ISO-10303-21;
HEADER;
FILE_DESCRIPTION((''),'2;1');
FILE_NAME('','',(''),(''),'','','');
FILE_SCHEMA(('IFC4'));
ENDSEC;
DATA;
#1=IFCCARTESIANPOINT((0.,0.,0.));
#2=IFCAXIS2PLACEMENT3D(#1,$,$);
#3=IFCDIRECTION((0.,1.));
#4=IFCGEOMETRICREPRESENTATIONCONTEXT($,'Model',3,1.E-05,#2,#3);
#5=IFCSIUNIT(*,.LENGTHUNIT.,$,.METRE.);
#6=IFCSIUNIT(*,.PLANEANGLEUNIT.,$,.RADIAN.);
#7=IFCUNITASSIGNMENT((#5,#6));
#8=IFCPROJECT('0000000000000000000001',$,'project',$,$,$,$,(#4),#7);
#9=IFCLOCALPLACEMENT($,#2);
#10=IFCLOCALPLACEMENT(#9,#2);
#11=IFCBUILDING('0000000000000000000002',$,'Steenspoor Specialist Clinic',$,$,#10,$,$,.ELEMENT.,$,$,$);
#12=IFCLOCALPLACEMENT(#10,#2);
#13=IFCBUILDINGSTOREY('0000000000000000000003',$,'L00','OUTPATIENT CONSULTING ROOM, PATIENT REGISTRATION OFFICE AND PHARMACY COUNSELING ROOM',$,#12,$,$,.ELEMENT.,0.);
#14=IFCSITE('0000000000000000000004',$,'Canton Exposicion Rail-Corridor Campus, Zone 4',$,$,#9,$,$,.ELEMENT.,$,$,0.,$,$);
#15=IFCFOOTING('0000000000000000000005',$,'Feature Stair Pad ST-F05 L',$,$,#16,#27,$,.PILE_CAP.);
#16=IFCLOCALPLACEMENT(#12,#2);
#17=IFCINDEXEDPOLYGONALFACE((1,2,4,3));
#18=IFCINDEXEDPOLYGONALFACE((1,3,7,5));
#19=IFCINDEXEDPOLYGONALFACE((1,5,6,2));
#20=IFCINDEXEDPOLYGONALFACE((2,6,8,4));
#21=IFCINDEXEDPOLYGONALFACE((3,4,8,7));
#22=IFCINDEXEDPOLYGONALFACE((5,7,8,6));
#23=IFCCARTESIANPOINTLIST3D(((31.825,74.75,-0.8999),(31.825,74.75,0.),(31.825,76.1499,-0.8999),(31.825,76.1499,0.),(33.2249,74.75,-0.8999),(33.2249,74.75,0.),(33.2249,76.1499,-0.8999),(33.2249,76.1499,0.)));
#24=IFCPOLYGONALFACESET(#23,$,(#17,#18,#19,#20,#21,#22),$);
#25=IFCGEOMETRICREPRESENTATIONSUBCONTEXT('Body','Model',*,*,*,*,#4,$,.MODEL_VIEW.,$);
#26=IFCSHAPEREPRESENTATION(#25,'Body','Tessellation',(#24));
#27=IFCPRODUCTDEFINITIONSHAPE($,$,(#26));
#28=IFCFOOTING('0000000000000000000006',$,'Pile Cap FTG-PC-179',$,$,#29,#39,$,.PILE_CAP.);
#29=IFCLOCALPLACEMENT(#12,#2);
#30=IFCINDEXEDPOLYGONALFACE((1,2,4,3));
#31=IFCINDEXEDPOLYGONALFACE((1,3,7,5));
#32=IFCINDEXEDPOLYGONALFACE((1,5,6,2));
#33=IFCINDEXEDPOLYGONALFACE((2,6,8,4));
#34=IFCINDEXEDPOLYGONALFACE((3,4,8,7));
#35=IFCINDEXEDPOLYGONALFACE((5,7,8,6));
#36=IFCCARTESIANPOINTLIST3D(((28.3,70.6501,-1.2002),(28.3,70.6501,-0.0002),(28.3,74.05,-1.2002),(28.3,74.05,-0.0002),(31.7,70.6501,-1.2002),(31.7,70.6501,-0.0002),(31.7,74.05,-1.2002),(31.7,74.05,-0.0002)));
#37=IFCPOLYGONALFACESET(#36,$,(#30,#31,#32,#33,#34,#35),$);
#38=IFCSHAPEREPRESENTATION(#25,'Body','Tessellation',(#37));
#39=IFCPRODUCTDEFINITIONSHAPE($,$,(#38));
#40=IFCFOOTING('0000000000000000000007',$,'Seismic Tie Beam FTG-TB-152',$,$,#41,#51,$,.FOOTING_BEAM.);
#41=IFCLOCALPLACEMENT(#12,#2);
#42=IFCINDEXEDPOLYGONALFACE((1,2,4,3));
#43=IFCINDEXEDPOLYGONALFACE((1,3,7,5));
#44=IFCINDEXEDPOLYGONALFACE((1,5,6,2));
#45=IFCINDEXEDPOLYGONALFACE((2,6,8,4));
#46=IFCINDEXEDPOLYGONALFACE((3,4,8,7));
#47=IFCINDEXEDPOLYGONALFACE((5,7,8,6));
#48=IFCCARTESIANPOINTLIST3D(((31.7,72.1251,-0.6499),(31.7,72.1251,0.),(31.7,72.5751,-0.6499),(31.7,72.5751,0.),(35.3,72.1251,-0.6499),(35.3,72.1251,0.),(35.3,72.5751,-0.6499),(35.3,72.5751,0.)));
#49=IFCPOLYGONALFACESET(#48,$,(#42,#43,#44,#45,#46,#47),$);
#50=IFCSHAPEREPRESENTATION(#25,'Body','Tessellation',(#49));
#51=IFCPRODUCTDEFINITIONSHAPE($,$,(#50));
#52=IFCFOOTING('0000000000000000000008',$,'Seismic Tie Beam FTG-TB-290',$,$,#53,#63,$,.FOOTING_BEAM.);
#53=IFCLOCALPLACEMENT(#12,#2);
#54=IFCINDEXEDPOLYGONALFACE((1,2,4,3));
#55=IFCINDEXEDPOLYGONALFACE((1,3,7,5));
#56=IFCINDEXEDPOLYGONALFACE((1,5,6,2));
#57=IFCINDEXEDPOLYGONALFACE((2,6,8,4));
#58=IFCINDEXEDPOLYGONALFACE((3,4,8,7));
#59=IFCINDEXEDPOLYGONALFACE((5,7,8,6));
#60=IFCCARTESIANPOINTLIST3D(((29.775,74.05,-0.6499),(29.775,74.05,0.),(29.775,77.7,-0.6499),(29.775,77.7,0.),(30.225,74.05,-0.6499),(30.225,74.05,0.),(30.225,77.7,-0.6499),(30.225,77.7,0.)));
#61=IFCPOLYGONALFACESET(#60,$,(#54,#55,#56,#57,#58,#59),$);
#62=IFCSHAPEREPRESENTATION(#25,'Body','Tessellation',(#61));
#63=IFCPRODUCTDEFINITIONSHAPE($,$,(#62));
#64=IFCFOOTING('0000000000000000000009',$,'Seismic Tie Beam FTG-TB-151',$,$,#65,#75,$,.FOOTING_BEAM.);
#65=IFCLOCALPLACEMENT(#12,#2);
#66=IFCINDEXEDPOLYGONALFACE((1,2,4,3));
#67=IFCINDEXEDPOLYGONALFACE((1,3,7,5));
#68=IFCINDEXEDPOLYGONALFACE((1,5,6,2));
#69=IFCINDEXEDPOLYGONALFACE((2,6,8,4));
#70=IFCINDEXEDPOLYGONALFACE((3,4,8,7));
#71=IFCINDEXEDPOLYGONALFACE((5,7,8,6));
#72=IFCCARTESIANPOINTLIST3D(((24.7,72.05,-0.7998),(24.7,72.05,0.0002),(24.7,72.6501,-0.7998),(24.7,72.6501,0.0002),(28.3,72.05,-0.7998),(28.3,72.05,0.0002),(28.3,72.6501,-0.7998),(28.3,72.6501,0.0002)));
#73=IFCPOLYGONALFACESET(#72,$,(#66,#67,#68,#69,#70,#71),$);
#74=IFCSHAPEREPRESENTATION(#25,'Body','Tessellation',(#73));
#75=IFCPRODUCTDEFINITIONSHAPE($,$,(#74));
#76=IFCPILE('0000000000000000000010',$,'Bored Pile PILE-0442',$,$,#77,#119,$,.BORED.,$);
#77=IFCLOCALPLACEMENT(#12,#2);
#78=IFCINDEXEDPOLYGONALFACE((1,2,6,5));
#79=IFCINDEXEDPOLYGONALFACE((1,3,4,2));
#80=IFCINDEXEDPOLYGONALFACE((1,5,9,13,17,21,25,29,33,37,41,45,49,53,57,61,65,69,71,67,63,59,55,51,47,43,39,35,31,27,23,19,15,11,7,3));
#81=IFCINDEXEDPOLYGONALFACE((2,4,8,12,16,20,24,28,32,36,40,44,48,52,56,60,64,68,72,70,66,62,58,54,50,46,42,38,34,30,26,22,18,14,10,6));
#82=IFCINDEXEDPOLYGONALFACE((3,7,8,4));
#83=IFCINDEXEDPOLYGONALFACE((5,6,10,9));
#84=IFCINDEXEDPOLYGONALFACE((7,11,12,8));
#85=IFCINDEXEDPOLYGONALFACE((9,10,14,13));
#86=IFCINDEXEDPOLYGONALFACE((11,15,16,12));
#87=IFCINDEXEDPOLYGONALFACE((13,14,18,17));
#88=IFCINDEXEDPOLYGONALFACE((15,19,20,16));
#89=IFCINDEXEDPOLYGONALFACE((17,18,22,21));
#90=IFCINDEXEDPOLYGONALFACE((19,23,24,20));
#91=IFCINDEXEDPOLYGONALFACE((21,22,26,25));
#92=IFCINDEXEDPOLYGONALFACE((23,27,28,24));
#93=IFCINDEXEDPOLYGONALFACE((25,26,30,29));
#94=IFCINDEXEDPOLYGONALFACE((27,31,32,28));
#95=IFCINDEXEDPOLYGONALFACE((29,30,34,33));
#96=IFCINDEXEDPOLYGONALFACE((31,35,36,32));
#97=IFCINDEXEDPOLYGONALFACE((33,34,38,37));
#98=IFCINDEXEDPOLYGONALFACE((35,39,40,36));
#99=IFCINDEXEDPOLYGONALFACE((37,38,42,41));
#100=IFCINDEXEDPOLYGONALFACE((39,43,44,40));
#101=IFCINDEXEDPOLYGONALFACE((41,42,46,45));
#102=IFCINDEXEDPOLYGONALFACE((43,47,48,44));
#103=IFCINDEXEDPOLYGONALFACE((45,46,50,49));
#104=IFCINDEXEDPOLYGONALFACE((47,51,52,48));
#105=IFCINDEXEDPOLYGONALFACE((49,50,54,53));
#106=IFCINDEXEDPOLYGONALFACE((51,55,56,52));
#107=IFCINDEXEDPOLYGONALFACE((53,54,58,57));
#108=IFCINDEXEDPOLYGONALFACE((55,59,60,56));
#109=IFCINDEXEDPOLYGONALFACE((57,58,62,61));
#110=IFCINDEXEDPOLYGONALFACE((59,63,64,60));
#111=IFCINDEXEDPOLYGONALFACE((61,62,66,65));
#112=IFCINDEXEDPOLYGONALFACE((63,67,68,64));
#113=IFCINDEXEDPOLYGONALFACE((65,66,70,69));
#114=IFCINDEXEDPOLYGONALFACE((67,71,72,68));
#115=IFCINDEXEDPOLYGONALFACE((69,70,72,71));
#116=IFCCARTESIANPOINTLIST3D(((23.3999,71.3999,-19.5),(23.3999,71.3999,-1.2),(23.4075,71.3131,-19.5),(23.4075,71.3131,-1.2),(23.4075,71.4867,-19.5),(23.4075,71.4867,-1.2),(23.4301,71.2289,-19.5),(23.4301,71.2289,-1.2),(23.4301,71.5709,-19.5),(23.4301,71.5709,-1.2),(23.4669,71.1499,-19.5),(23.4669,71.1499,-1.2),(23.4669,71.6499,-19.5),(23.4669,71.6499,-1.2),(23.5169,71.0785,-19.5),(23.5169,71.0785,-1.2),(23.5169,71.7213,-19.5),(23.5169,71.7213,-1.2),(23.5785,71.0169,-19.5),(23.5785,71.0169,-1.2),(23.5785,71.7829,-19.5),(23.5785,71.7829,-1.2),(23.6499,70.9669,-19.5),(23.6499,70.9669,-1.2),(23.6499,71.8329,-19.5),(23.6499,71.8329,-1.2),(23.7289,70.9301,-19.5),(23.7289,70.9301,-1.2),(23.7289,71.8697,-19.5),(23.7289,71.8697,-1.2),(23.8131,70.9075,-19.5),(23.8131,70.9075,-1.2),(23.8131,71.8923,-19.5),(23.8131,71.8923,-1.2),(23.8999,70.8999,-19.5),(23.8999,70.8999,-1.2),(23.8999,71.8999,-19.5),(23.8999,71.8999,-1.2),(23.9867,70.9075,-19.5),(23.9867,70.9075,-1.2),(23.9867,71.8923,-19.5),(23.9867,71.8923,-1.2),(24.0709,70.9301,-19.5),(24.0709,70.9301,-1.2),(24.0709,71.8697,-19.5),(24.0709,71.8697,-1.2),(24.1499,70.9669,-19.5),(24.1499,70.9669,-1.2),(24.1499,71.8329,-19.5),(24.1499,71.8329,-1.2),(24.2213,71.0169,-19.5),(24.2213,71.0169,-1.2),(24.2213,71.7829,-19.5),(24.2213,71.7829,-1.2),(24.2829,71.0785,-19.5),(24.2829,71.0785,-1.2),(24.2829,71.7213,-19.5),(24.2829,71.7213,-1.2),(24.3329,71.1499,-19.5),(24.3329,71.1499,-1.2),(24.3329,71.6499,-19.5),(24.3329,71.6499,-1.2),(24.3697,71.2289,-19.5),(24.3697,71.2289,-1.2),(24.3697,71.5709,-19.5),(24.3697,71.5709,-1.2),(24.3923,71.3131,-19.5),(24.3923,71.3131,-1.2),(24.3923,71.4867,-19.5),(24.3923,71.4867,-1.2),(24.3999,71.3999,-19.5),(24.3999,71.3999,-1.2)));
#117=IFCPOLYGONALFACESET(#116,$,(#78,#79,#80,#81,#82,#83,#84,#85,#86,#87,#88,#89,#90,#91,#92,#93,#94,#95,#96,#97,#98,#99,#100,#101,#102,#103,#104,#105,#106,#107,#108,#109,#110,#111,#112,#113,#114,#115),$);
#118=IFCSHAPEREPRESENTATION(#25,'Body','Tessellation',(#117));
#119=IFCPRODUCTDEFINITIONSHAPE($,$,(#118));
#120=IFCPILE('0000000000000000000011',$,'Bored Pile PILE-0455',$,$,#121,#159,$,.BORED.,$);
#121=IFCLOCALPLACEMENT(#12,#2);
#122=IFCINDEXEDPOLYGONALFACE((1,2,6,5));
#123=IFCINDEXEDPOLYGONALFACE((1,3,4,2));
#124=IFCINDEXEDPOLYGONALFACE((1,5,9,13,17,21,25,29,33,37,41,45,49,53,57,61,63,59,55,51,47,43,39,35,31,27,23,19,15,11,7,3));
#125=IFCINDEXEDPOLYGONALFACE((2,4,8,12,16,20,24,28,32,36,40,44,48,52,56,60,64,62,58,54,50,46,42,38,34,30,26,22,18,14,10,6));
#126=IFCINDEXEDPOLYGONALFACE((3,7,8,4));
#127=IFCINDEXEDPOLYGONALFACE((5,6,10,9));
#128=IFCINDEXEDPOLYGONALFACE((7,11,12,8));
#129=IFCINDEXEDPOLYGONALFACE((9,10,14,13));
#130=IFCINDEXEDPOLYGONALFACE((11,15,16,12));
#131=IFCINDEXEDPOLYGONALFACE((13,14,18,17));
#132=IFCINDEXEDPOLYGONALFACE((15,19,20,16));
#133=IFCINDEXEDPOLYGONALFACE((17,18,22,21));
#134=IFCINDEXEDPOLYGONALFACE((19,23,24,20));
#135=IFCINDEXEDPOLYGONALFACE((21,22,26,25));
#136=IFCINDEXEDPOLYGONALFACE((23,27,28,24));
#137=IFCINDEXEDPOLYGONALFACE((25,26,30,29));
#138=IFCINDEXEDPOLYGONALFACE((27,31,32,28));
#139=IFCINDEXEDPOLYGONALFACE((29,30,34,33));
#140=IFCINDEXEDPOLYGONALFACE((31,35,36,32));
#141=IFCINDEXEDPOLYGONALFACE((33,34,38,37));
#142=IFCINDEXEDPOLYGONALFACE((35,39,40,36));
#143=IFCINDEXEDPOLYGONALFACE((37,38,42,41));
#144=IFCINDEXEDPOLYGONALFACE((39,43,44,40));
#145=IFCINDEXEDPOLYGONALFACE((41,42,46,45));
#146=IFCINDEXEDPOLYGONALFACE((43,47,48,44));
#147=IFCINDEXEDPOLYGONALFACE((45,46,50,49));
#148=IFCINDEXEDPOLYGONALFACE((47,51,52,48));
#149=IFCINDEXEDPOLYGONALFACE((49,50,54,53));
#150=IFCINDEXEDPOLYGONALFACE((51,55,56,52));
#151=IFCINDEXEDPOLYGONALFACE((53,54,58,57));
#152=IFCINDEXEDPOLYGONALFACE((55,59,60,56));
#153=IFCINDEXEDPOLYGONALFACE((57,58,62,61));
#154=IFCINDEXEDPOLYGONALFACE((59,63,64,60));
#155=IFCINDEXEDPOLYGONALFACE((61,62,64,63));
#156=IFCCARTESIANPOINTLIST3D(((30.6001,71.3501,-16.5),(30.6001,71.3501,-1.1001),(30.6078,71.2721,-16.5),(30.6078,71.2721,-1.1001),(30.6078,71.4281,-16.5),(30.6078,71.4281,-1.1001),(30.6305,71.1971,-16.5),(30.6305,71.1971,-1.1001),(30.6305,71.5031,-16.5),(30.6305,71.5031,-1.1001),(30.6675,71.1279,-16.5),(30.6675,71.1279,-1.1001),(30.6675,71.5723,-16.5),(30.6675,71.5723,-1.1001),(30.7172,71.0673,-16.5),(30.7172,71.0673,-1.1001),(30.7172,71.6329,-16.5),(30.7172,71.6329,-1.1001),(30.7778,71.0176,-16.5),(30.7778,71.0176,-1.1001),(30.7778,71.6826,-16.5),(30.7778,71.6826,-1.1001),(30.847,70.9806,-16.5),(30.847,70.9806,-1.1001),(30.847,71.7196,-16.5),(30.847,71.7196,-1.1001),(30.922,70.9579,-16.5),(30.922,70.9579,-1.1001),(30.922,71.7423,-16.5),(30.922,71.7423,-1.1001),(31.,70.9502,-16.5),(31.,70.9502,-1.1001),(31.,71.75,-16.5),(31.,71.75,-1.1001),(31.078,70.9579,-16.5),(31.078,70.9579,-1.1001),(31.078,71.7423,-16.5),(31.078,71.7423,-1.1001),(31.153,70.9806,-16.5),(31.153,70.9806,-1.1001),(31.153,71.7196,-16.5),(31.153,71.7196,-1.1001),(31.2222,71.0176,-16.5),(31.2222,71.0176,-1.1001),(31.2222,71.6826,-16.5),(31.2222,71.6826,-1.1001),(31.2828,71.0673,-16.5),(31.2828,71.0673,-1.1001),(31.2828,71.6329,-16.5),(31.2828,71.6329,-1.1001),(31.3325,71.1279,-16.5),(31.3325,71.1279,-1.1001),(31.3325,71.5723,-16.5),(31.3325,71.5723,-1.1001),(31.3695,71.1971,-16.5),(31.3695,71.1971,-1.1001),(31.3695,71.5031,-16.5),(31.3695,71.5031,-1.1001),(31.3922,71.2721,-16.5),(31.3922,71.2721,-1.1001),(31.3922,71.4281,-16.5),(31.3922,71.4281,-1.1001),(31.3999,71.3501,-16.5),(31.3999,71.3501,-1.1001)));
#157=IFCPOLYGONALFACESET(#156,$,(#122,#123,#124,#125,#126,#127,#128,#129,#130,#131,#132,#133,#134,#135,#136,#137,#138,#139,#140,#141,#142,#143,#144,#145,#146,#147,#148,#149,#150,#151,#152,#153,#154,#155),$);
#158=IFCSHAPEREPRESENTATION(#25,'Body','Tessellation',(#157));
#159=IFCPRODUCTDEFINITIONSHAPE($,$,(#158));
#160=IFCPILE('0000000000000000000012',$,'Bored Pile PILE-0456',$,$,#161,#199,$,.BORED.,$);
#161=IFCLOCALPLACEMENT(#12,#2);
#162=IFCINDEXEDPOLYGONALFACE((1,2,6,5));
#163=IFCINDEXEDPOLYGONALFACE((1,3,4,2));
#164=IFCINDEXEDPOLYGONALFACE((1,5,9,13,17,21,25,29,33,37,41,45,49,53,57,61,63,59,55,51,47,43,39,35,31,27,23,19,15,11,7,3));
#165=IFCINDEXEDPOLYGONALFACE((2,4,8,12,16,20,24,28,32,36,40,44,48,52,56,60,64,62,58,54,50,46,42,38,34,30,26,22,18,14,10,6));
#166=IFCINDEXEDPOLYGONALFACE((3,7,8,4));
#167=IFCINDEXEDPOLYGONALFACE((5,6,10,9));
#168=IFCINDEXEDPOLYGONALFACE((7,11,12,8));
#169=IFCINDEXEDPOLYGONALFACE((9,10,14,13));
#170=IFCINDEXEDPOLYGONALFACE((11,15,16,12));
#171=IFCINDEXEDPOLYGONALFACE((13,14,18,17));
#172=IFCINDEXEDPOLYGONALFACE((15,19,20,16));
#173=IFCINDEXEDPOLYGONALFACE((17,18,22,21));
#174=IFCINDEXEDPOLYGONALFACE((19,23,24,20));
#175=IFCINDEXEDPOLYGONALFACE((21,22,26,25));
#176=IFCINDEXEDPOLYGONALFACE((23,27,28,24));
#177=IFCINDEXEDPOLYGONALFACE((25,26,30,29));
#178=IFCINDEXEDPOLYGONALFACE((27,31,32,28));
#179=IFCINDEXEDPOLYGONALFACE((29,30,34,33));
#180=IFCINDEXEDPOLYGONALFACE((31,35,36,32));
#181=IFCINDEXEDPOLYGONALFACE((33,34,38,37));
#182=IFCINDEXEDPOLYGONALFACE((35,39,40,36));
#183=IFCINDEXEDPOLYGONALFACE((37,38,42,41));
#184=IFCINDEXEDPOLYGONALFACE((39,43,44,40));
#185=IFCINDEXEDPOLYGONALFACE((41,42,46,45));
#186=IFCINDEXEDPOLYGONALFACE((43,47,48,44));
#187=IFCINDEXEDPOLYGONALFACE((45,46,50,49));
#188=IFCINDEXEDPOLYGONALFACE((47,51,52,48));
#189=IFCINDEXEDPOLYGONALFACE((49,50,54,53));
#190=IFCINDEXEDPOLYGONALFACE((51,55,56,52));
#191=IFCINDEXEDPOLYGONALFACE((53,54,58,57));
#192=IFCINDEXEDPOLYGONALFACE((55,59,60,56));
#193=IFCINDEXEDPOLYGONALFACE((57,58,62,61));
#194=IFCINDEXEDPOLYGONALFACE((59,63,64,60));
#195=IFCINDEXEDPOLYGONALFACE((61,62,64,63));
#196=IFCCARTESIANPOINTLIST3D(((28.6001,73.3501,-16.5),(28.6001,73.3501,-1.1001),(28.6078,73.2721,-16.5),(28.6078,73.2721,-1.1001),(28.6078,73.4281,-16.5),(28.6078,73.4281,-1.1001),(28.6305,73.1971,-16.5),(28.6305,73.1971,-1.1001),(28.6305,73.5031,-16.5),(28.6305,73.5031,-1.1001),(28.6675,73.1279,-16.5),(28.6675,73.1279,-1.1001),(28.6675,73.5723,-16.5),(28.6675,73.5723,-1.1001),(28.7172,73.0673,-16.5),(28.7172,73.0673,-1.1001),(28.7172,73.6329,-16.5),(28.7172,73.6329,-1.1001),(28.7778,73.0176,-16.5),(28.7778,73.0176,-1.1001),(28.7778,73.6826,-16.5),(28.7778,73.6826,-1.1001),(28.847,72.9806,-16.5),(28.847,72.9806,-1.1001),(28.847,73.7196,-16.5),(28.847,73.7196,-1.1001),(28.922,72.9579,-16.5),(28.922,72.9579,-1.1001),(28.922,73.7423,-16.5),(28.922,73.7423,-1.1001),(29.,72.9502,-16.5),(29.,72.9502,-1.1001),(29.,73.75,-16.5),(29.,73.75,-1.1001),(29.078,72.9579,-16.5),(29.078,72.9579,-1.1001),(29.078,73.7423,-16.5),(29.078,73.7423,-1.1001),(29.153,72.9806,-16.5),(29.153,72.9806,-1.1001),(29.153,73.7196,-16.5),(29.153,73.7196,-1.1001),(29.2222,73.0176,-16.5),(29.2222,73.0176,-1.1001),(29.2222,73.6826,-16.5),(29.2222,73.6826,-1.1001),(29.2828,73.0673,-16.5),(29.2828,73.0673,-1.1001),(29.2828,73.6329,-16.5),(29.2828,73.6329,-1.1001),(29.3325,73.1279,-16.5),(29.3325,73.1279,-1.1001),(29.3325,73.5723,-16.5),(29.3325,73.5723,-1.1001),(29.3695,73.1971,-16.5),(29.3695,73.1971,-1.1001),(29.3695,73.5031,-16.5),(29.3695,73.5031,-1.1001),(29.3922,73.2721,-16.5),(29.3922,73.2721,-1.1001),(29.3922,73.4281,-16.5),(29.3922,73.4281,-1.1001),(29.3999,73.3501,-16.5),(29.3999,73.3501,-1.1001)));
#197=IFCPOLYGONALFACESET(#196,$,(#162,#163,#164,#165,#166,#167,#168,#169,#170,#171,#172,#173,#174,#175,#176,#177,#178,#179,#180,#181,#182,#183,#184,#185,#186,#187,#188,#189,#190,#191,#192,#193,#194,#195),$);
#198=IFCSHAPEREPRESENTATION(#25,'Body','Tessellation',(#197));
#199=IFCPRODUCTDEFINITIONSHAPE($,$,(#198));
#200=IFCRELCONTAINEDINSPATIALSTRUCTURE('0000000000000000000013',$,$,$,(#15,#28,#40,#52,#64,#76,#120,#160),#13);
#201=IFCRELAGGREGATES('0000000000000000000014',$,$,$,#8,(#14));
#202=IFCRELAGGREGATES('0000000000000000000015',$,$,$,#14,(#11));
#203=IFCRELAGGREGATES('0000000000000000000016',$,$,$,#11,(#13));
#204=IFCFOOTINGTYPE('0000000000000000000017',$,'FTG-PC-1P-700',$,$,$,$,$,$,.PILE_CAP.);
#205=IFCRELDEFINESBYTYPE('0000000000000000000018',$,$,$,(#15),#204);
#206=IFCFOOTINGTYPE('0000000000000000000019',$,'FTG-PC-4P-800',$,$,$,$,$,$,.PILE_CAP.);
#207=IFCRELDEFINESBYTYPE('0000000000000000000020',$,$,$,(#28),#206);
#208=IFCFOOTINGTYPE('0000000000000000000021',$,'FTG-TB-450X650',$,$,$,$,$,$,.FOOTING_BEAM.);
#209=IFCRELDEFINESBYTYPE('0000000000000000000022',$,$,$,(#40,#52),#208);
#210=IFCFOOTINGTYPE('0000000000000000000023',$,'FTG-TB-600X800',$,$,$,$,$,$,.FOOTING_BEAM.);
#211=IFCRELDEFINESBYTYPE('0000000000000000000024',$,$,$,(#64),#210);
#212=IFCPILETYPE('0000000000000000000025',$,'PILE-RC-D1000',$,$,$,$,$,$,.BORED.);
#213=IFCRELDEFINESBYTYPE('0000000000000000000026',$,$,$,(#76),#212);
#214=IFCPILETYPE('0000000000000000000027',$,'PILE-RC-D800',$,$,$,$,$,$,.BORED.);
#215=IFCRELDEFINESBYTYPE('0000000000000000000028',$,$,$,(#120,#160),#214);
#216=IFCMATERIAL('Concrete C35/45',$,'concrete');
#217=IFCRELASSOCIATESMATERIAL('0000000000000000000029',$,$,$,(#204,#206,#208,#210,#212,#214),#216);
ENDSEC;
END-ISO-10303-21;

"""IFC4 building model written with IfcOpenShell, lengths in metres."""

from ifc_helpers import new_model, si_unit, direction, frame, origin, origin_2d, place, context, subcontext, project, spatial, rectangle, circle, extrude, material, material_profile, profile_set, type_object, element, save


model = new_model("IFC4")

# Units and contexts
model_context = context("Model", 3, precision=1e-05, world=origin(), true_north=direction((0.0, 1.0)))
body_context = subcontext(model_context, "Body", "Model", "MODEL_VIEW")
ifc_project = project(units=[si_unit("LENGTHUNIT", "METRE"), si_unit("PLANEANGLEUNIT", "RADIAN")], contexts=[model_context])

# Site, building, storey
site_placement = place(None, origin())
site = spatial("IfcSite", under=ifc_project, at=site_placement, Name="Canton Exposicion Rail-Corridor Campus, Zone 4", CompositionType="ELEMENT", RefElevation=0.0)
building_placement = place(site_placement, origin())
building = spatial("IfcBuilding", under=site, at=building_placement, Name="Steenspoor Specialist Clinic", CompositionType="ELEMENT")
storey_placement = place(building_placement, origin())
storey = spatial("IfcBuildingStorey", under=building, at=storey_placement, Name="L00", Description="OUTPATIENT CONSULTING ROOM, PATIENT REGISTRATION OFFICE AND PHARMACY COUNSELING ROOM", CompositionType="ELEMENT", Elevation=0.0)

# Footings
ifc_material_1 = material(Name="Concrete C35/45", Category="concrete")
footing_type_1 = type_object("IfcFootingType", Name="FTG-PC-1P-700", PredefinedType="PILE_CAP", material=ifc_material_1)
footing_1_placement = place(storey_placement, frame((32.5249, 75.45, -0.8999), z_axis=(0.0, 0.0, 1.0), x_axis=(1.0, 0.0, 0.0)))
element("IfcFooting", 1, at=footing_1_placement, inside=storey, type_object=footing_type_1, Name="Feature Stair Pad ST-F05 L", PredefinedType="PILE_CAP", context=body_context, shape_type="SweptSolid", body=[
    extrude(rectangle(XDim=1.3999, YDim=1.3999, at=origin_2d()), origin(), (0.0, 0.0, 1.0), 0.8999),
])
footing_type_2 = type_object("IfcFootingType", Name="FTG-PC-4P-800", PredefinedType="PILE_CAP", material=ifc_material_1)
footing_2_placement = place(storey_placement, frame((30.0, 72.3501, -1.2002), z_axis=(0.0, 0.0, 1.0), x_axis=(1.0, 0.0, 0.0)))
element("IfcFooting", 2, at=footing_2_placement, inside=storey, type_object=footing_type_2, Name="Pile Cap FTG-PC-179", PredefinedType="PILE_CAP", context=body_context, shape_type="SweptSolid", body=[
    extrude(rectangle(XDim=3.3999, YDim=3.3999, at=origin_2d()), origin(), (0.0, 0.0, 1.0), 1.2),
])
footing_type_3 = type_object("IfcFootingType", Name="FTG-TB-450X650", PredefinedType="FOOTING_BEAM", material=ifc_material_1)
footing_3_placement = place(storey_placement, frame((33.5, 72.3501, -0.6499), z_axis=(0.0, 0.0, 1.0), x_axis=(1.0, 0.0, 0.0)))
element("IfcFooting", 3, at=footing_3_placement, inside=storey, type_object=footing_type_3, Name="Seismic Tie Beam FTG-TB-152", PredefinedType="FOOTING_BEAM", context=body_context, shape_type="SweptSolid", body=[
    extrude(rectangle(XDim=3.6001, YDim=0.45, at=origin_2d()), origin(), (0.0, 0.0, 1.0), 0.6499),
])
footing_4_placement = place(storey_placement, frame((30.0, 75.875, -0.6499), z_axis=(0.0, 0.0, 1.0), x_axis=(1.0, 0.0, 0.0)))
element("IfcFooting", 4, at=footing_4_placement, inside=storey, type_object=footing_type_3, Name="Seismic Tie Beam FTG-TB-290", PredefinedType="FOOTING_BEAM", context=body_context, shape_type="SweptSolid", body=[
    extrude(rectangle(XDim=0.45, YDim=3.6499, at=origin_2d()), origin(), (0.0, 0.0, 1.0), 0.6499),
])
footing_type_4 = type_object("IfcFootingType", Name="FTG-TB-600X800", PredefinedType="FOOTING_BEAM", material=ifc_material_1)
footing_5_placement = place(storey_placement, frame((26.5, 72.3501, -0.7998), z_axis=(0.0, 0.0, 1.0), x_axis=(1.0, 0.0, 0.0)))
element("IfcFooting", 5, at=footing_5_placement, inside=storey, type_object=footing_type_4, Name="Seismic Tie Beam FTG-TB-151", PredefinedType="FOOTING_BEAM", context=body_context, shape_type="SweptSolid", body=[
    extrude(rectangle(XDim=3.6001, YDim=0.6001, at=origin_2d()), origin(), (0.0, 0.0, 1.0), 0.8),
])

# Piles
ifc_material_profile_1 = material_profile(ifc_material_1, circle(Radius=0.5, at=origin_2d()), Name="PILE-D1000")
ifc_profile_set_1 = profile_set([ifc_material_profile_1], Name="Concrete C35/45")
pile_type_1 = type_object("IfcPileType", Name="PILE-RC-D1000", PredefinedType="BORED", material=ifc_profile_set_1)
pile_placement = place(storey_placement, frame((23.8999, 71.3999, -1.2), z_axis=(0.0, 0.0, -1.0), x_axis=(1.0, 0.0, 0.0)))
element("IfcPile", 6, at=pile_placement, inside=storey, type_object=pile_type_1, Name="Bored Pile PILE-0442", PredefinedType="BORED", context=body_context, shape_type="SweptSolid", body=[
    extrude(circle(Radius=0.5, at=origin_2d()), origin(), (0.0, 0.0, 1.0), 18.3),
])
ifc_material_profile_2 = material_profile(ifc_material_1, circle(Radius=0.3999, at=origin_2d()), Name="PILE-D800")
ifc_profile_set_2 = profile_set([ifc_material_profile_2], Name="Concrete C35/45")
pile_type_2 = type_object("IfcPileType", Name="PILE-RC-D800", PredefinedType="BORED", material=ifc_profile_set_2)
for number, where, z_axis, x_axis, name in (
    (7, (31.0, 71.3501, -1.1001), (0.0, 0.0, -1.0), (1.0, 0.0, 0.0), "Bored Pile PILE-0455"),
    (8, (29.0, 73.3501, -1.1001), (0.0, 0.0, -1.0), (1.0, 0.0, 0.0), "Bored Pile PILE-0456"),
):
    element("IfcPile", number, at=place(storey_placement, frame(where, z_axis=z_axis, x_axis=x_axis)), inside=storey, type_object=pile_type_2, Name=name, PredefinedType="BORED", context=body_context, shape_type="SweptSolid", body=[
        extrude(circle(Radius=0.3999, at=origin_2d()), origin(), (0.0, 0.0, 1.0), 15.3999),
    ])

save(model, "model.ifc")
